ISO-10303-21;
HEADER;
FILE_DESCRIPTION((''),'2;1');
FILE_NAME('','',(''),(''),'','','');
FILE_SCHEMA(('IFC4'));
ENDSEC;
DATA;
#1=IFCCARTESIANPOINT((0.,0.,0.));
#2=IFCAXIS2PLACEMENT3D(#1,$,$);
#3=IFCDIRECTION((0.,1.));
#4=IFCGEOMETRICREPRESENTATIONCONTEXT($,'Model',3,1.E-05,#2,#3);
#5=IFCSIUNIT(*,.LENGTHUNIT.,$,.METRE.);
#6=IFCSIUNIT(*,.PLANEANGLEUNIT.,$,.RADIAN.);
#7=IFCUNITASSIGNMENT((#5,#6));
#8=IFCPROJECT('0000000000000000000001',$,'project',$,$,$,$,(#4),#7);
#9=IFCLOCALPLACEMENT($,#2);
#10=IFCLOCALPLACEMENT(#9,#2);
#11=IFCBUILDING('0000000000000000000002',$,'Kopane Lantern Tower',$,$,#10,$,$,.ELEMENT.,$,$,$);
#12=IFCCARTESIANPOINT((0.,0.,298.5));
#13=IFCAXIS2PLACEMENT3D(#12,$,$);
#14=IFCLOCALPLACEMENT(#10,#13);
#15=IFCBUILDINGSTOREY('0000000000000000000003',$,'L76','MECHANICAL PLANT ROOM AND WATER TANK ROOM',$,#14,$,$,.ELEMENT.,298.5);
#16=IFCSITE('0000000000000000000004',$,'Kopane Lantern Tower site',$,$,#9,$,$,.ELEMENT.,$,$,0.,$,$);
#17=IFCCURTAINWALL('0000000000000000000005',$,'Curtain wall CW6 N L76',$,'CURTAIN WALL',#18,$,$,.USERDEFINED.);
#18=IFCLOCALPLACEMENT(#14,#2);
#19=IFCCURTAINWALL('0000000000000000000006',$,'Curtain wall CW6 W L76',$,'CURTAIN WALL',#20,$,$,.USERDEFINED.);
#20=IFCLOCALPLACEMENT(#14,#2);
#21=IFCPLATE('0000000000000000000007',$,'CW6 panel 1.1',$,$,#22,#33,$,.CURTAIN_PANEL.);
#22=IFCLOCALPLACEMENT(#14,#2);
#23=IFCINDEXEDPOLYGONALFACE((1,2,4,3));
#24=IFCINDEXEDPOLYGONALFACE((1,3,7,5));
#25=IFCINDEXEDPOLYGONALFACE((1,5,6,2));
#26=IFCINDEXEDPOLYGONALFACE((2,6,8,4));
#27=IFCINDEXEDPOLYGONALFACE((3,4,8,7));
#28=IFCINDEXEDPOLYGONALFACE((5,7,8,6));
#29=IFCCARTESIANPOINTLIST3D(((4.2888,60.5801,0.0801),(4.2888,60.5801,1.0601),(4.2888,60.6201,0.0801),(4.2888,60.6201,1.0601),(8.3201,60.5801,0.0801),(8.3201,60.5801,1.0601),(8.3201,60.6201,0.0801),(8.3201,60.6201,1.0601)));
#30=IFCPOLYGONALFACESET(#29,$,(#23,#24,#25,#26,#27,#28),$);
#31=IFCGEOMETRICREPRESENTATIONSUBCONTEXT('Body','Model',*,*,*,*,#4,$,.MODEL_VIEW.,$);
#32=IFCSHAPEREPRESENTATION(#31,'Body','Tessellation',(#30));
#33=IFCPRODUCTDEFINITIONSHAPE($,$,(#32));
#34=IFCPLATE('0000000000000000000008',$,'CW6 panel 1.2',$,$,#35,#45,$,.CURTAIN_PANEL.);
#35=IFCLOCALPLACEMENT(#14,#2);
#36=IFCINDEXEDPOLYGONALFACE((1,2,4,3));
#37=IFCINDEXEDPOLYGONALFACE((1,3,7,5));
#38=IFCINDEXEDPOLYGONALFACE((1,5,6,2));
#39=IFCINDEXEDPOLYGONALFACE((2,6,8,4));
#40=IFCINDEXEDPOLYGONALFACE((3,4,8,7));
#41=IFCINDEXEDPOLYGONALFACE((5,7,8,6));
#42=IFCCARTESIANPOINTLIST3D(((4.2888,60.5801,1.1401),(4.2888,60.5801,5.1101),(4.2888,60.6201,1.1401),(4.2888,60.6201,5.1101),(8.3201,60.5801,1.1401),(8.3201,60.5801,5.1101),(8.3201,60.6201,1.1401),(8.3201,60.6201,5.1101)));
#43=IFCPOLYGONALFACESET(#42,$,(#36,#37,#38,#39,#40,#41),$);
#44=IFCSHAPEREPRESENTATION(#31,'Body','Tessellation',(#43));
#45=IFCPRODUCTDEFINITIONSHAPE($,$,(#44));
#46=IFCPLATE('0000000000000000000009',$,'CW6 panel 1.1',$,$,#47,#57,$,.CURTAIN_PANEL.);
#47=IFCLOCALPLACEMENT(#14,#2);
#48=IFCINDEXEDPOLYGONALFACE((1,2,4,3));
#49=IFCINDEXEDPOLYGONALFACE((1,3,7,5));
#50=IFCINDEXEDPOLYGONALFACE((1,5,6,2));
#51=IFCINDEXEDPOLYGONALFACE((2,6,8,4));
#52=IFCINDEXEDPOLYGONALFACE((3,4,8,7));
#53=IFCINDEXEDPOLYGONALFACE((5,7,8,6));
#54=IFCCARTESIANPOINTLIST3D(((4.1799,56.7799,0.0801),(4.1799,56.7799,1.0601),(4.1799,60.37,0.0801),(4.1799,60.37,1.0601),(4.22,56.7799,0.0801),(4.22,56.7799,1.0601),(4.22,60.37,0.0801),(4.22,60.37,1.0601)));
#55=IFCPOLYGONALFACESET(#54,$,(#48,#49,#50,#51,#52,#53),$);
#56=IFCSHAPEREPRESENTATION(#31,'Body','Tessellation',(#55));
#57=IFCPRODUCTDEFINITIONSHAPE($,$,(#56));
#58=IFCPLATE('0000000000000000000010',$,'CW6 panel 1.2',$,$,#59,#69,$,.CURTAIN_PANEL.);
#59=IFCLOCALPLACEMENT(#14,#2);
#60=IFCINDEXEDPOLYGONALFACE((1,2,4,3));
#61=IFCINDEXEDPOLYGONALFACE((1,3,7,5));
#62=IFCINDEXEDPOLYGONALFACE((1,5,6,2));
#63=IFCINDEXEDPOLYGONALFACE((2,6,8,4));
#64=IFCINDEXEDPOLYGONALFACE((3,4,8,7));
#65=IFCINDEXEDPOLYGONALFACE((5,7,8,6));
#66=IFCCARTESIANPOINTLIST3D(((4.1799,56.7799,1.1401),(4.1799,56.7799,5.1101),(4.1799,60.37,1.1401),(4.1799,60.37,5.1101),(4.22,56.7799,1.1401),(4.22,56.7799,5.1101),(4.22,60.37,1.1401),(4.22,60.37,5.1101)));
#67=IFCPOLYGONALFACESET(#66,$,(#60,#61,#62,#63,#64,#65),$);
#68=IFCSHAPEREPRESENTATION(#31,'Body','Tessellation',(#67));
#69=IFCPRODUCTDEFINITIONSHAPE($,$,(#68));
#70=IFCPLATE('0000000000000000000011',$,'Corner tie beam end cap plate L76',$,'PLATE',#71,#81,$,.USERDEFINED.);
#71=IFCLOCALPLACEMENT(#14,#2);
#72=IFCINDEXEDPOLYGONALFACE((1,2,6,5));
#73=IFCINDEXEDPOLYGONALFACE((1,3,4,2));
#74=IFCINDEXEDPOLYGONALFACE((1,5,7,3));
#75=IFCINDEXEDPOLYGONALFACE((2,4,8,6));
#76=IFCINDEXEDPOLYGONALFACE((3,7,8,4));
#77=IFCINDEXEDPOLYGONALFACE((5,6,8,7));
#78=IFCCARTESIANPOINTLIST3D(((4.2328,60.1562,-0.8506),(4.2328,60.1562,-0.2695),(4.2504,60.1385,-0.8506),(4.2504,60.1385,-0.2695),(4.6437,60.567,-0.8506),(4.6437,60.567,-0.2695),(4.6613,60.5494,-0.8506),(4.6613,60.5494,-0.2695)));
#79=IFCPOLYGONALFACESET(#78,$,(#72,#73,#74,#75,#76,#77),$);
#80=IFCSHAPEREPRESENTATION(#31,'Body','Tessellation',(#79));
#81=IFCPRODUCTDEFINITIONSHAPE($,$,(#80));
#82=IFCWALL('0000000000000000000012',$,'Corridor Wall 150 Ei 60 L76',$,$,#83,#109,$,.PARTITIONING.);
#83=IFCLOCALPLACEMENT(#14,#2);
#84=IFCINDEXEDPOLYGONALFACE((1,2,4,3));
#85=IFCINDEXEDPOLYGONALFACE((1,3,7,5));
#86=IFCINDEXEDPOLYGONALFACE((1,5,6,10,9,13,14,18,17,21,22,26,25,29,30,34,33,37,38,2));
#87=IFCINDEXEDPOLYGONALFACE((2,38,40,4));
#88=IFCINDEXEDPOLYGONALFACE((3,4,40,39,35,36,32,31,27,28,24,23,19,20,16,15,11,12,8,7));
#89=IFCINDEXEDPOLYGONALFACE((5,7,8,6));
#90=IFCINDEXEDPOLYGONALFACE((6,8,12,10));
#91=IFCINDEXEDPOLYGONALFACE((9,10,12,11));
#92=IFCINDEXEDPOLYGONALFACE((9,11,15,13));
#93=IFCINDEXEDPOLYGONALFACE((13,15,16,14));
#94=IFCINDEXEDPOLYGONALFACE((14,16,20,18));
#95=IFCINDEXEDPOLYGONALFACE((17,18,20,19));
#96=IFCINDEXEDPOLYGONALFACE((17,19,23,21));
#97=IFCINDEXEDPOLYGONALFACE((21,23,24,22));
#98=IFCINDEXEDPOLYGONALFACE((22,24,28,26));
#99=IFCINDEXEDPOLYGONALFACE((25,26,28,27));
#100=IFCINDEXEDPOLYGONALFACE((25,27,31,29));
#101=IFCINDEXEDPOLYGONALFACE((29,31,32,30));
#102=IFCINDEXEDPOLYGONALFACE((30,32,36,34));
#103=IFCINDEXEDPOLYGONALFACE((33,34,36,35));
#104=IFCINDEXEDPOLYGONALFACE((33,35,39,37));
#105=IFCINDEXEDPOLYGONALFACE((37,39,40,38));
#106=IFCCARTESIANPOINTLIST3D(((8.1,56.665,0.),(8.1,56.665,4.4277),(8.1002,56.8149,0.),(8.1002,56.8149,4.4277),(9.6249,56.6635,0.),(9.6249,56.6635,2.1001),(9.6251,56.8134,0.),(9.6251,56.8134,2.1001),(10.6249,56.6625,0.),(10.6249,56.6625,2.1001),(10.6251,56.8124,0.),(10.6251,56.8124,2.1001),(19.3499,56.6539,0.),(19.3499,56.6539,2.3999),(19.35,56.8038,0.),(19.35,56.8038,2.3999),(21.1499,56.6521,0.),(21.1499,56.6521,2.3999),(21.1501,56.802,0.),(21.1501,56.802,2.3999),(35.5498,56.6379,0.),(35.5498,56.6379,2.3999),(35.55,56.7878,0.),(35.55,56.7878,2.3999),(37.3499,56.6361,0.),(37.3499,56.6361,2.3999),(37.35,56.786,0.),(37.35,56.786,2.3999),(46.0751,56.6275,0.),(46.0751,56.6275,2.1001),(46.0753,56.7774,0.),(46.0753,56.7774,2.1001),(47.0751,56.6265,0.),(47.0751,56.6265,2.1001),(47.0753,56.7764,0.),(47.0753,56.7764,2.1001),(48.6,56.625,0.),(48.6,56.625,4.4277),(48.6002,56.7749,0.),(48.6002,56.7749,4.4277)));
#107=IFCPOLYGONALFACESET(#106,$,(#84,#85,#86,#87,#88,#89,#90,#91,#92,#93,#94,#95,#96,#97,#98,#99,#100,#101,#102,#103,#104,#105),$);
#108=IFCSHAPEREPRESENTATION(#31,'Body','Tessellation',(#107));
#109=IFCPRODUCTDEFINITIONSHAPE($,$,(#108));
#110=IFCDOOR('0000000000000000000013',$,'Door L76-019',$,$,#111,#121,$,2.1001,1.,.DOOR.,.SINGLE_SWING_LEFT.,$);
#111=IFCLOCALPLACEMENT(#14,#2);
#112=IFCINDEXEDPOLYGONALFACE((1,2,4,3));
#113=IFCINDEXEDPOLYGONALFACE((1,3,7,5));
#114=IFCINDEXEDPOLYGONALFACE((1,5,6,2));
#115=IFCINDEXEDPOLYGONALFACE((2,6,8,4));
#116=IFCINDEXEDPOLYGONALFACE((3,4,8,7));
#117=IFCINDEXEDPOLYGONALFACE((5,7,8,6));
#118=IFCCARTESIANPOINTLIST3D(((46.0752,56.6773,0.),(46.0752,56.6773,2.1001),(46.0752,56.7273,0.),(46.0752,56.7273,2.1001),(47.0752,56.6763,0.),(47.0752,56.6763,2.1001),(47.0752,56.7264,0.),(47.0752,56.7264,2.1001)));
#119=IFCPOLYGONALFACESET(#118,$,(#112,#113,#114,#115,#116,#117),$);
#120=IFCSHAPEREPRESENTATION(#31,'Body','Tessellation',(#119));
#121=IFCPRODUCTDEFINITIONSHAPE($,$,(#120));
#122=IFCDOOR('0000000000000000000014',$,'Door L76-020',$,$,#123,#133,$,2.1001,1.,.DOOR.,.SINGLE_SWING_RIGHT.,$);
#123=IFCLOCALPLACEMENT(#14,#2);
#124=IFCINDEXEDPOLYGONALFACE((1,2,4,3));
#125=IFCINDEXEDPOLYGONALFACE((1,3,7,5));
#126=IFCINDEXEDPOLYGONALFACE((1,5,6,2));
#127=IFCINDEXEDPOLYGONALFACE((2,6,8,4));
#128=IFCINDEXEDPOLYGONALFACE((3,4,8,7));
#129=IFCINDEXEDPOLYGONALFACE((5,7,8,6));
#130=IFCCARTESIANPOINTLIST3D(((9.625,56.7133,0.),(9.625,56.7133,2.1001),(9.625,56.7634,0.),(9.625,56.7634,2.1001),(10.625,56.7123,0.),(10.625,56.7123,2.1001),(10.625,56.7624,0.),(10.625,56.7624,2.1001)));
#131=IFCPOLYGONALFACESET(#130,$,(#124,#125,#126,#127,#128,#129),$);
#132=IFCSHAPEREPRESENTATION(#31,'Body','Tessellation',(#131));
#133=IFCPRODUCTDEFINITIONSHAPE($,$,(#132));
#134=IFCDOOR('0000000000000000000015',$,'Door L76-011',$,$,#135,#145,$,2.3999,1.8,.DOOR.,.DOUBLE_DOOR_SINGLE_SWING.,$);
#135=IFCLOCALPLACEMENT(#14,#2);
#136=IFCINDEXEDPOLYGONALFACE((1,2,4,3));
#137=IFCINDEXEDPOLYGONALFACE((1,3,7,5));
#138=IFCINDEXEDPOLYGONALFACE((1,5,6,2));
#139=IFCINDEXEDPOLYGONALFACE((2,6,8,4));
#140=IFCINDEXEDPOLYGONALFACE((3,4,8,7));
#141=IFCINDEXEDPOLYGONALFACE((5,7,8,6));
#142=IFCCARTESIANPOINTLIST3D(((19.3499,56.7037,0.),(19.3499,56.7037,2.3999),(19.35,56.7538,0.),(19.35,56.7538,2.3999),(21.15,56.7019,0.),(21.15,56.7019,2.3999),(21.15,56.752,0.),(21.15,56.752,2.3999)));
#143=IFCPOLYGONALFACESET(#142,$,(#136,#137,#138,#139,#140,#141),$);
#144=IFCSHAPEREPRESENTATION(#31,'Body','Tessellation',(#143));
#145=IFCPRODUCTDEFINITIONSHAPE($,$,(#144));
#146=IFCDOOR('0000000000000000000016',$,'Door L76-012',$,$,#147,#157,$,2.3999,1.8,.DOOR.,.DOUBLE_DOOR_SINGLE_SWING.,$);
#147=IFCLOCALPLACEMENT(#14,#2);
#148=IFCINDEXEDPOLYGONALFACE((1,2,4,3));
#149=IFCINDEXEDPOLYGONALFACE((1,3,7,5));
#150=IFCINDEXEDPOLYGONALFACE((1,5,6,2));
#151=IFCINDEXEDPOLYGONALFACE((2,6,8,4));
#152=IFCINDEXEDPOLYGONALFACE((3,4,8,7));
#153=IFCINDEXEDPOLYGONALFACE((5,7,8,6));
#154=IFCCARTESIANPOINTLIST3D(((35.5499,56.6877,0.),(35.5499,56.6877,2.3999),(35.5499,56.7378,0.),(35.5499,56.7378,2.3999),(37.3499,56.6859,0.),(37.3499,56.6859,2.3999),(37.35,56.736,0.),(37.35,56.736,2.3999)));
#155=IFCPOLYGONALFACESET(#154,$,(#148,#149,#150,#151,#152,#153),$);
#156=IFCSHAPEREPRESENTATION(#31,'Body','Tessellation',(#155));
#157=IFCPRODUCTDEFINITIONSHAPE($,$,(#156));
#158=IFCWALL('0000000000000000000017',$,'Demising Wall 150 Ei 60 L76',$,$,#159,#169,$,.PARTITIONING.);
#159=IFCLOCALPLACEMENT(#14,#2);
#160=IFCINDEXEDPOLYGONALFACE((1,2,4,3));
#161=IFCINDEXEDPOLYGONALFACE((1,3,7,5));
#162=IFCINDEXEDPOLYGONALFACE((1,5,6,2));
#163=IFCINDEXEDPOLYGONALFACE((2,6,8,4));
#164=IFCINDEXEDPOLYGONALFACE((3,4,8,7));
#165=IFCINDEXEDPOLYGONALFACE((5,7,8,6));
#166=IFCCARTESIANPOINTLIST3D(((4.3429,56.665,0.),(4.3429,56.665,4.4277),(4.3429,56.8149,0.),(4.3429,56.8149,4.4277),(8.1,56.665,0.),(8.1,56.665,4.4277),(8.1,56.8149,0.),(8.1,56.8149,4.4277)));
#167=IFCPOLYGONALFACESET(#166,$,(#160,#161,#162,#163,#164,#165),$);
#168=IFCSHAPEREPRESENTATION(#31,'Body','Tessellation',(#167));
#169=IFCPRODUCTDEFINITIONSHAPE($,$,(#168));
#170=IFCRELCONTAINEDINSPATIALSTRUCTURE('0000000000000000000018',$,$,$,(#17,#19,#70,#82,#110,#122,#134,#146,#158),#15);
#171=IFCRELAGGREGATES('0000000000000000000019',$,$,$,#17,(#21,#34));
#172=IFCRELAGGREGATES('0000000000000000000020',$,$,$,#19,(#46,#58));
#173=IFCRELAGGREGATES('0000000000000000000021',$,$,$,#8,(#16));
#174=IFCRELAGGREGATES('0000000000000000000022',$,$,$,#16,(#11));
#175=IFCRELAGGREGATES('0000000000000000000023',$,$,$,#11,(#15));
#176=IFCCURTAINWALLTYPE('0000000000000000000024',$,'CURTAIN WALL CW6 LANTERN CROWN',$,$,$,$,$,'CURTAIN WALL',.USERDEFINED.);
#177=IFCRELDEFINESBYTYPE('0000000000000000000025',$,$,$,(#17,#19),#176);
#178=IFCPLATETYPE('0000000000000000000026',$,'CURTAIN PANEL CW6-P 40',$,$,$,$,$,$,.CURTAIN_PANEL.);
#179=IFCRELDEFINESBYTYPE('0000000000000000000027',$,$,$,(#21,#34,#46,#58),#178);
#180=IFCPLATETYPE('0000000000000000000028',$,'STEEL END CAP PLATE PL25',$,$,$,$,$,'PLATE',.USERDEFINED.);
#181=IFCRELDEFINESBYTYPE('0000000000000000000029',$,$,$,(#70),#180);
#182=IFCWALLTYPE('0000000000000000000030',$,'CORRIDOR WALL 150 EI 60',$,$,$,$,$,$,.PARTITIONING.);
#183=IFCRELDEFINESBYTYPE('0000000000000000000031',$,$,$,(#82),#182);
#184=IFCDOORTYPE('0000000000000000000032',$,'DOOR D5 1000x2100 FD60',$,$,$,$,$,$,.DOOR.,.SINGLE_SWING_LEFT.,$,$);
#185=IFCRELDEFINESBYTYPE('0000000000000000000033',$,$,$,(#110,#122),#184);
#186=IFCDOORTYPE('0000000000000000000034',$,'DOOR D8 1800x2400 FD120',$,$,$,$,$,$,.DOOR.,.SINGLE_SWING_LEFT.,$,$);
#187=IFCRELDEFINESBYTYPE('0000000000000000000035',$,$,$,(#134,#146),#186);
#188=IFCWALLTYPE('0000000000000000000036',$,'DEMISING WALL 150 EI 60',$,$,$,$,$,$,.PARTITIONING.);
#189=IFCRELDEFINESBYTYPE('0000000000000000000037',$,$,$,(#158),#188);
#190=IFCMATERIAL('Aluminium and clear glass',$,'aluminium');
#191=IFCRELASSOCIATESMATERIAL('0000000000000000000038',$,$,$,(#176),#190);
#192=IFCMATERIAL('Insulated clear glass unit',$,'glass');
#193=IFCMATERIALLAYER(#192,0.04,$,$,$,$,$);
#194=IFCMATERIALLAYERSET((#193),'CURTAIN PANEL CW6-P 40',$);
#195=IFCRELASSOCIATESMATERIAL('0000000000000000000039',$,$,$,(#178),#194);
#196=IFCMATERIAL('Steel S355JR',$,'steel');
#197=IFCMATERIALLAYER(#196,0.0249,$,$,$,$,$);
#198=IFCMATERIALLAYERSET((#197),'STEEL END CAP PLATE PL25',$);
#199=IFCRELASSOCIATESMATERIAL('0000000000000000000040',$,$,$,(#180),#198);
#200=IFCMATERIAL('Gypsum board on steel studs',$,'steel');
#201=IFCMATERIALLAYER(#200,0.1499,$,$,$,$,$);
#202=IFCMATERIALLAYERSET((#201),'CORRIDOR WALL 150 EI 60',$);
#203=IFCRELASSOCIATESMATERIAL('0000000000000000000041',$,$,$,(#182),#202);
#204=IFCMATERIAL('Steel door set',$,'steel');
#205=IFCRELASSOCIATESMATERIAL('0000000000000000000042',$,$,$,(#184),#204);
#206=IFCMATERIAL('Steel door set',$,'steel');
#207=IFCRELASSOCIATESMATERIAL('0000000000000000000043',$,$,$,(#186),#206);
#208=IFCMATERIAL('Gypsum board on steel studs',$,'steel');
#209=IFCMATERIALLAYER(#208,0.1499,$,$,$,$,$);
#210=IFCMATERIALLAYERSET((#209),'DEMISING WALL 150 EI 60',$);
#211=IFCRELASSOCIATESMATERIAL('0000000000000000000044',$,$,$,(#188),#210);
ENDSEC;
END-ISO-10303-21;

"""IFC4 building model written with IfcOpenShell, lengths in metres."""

from ifc_helpers import new_model, si_unit, direction, frame, frame_2d, origin, origin_2d, place, context, subcontext, project, spatial, rectangle, extrude, material, layer, layer_set, type_object, element, fill, aggregate, save


model = new_model("IFC4")

# Units and contexts
model_context = context("Model", 3, precision=1e-05, world=origin(), true_north=direction((0.0, 1.0)))
body_context = subcontext(model_context, "Body", "Model", "MODEL_VIEW")
ifc_project = project(units=[si_unit("LENGTHUNIT", "METRE"), si_unit("PLANEANGLEUNIT", "RADIAN")], contexts=[model_context])

# Site, building, storey
site_placement = place(None, origin())
site = spatial("IfcSite", under=ifc_project, at=site_placement, Name="Kopane Lantern Tower site", CompositionType="ELEMENT", RefElevation=0.0)
building_placement = place(site_placement, origin())
building = spatial("IfcBuilding", under=site, at=building_placement, Name="Kopane Lantern Tower", CompositionType="ELEMENT")
storey_placement = place(building_placement, frame((0.0, 0.0, 298.5)))
storey = spatial("IfcBuildingStorey", under=building, at=storey_placement, Name="L76", Description="MECHANICAL PLANT ROOM AND WATER TANK ROOM", CompositionType="ELEMENT", Elevation=298.5)

# Curtain wall
ifc_material_1 = material(Name="Aluminium and clear glass", Category="aluminium")
curtain_wall_type = type_object("IfcCurtainWallType", Name="CURTAIN WALL CW6 LANTERN CROWN", ElementType="CURTAIN WALL", PredefinedType="USERDEFINED", material=ifc_material_1)
curtain_wall_1_placement = place(storey_placement, origin())
curtain_wall_1 = element("IfcCurtainWall", 1, at=curtain_wall_1_placement, inside=storey, type_object=curtain_wall_type, Name="Curtain wall CW6 N L76", ObjectType="CURTAIN WALL", PredefinedType="USERDEFINED")

# Curtain wall
curtain_wall_2_placement = place(storey_placement, origin())
curtain_wall_2 = element("IfcCurtainWall", 2, at=curtain_wall_2_placement, inside=storey, type_object=curtain_wall_type, Name="Curtain wall CW6 W L76", ObjectType="CURTAIN WALL", PredefinedType="USERDEFINED")

# Plates
ifc_material_2 = material(Name="Insulated clear glass unit", Category="glass")
ifc_layer_1 = layer(ifc_material_2, 0.04)
ifc_layer_set_1 = layer_set([ifc_layer_1], Name="CURTAIN PANEL CW6-P 40")
plate_type_1 = type_object("IfcPlateType", Name="CURTAIN PANEL CW6-P 40", PredefinedType="CURTAIN_PANEL", material=ifc_layer_set_1)
plate_1_placement = place(storey_placement, frame((6.3044, 60.6001, 0.0801), z_axis=(0.0, 0.0, 1.0), x_axis=(-1.0, 0.0, 0.0)))
plate_1 = element("IfcPlate", 3, at=plate_1_placement, type_object=plate_type_1, Name="CW6 panel 1.1", PredefinedType="CURTAIN_PANEL", context=body_context, shape_type="SweptSolid", body=[
    extrude(rectangle(XDim=4.0312, YDim=0.04, at=origin_2d()), origin(), (0.0, 0.0, 1.0), 0.98),
])
plate_2_placement = place(storey_placement, frame((6.3044, 60.6001, 1.1401), z_axis=(0.0, 0.0, 1.0), x_axis=(-1.0, 0.0, 0.0)))
plate_2 = element("IfcPlate", 4, at=plate_2_placement, type_object=plate_type_1, Name="CW6 panel 1.2", PredefinedType="CURTAIN_PANEL", context=body_context, shape_type="SweptSolid", body=[
    extrude(rectangle(XDim=4.0312, YDim=0.04, at=origin_2d()), origin(), (0.0, 0.0, 1.0), 3.97),
])
aggregate(curtain_wall_1, [plate_1, plate_2])
plate_3_placement = place(storey_placement, frame((4.2, 58.575, 0.0801), z_axis=(0.0, 0.0, 1.0), x_axis=(0.0, -1.0, 0.0)))
plate_3 = element("IfcPlate", 5, at=plate_3_placement, type_object=plate_type_1, Name="CW6 panel 1.1", PredefinedType="CURTAIN_PANEL", context=body_context, shape_type="SweptSolid", body=[
    extrude(rectangle(XDim=3.5901, YDim=0.04, at=origin_2d()), origin(), (0.0, 0.0, 1.0), 0.98),
])
plate_4_placement = place(storey_placement, frame((4.2, 58.575, 1.1401), z_axis=(0.0, 0.0, 1.0), x_axis=(0.0, -1.0, 0.0)))
plate_4 = element("IfcPlate", 6, at=plate_4_placement, type_object=plate_type_1, Name="CW6 panel 1.2", PredefinedType="CURTAIN_PANEL", context=body_context, shape_type="SweptSolid", body=[
    extrude(rectangle(XDim=3.5901, YDim=0.04, at=origin_2d()), origin(), (0.0, 0.0, 1.0), 3.97),
])
aggregate(curtain_wall_2, [plate_3, plate_4])
ifc_material_3 = material(Name="Steel S355JR", Category="steel")
ifc_layer_2 = layer(ifc_material_3, 0.0249)
ifc_layer_set_2 = layer_set([ifc_layer_2], Name="STEEL END CAP PLATE PL25")
plate_type_2 = type_object("IfcPlateType", Name="STEEL END CAP PLATE PL25", ElementType="PLATE", PredefinedType="USERDEFINED", material=ifc_layer_set_2)
plate_5_placement = place(storey_placement, frame((4.447, 60.3528, -0.8506), z_axis=(0.0, 0.0, 1.0), x_axis=(-0.707107, 0.707107, 0.0)))
element("IfcPlate", 7, at=plate_5_placement, inside=storey, type_object=plate_type_2, Name="Corner tie beam end cap plate L76", ObjectType="PLATE", PredefinedType="USERDEFINED", context=body_context, shape_type="SweptSolid", body=[
    extrude(rectangle(XDim=0.0249, YDim=0.5811, at=origin_2d()), origin(), (0.0, 0.0, 1.0), 0.5811),
])

# Wall, openings, doors
ifc_material_4 = material(Name="Gypsum board on steel studs", Category="steel")
ifc_layer_3 = layer(ifc_material_4, 0.1499)
ifc_layer_set_3 = layer_set([ifc_layer_3], Name="CORRIDOR WALL 150 EI 60")
wall_type_1 = type_object("IfcWallType", Name="CORRIDOR WALL 150 EI 60", PredefinedType="PARTITIONING", material=ifc_layer_set_3)
wall_1_placement = place(storey_placement, frame((8.1001, 56.74, 0.0), z_axis=(0.0, 0.0, 1.0), x_axis=(1.0, -0.000989, 0.0)))
wall_1 = element("IfcWall", 8, at=wall_1_placement, inside=storey, type_object=wall_type_1, Name="Corridor Wall 150 Ei 60 L76", PredefinedType="PARTITIONING", context=body_context, shape_type="SweptSolid", body=[
    extrude(rectangle(XDim=40.5, YDim=0.1499, at=frame_2d((20.25, 0.0))), origin(), (0.0, 0.0, 1.0), 4.4277),
])
opening_1_placement = place(wall_1_placement, frame((11.25, 0.0, 0.0)))
opening_1 = element("IfcOpeningElement", 9, at=opening_1_placement, cuts=wall_1, PredefinedType="OPENING", context=body_context, shape_type="SweptSolid", body=[
    extrude(rectangle(XDim=1.8, YDim=2.3999, at=frame_2d((0.8999, 1.2))), frame((0.0, 0.085, 0.0), z_axis=(0.0, -1.0, 0.0), x_axis=(1.0, 0.0, 0.0)), (0.0, 0.0, 1.0), 0.1699),
])
opening_2_placement = place(wall_1_placement, frame((27.45, 0.0, 0.0)))
opening_2 = element("IfcOpeningElement", 10, at=opening_2_placement, cuts=wall_1, PredefinedType="OPENING", context=body_context, shape_type="SweptSolid", body=[
    extrude(rectangle(XDim=1.8, YDim=2.3999, at=frame_2d((0.8999, 1.2))), frame((0.0, 0.085, 0.0), z_axis=(0.0, -1.0, 0.0), x_axis=(1.0, 0.0, 0.0)), (0.0, 0.0, 1.0), 0.1699),
])
opening_3_placement = place(wall_1_placement, frame((37.9751, 0.0, 0.0)))
opening_3 = element("IfcOpeningElement", 11, at=opening_3_placement, cuts=wall_1, PredefinedType="OPENING", context=body_context, shape_type="SweptSolid", body=[
    extrude(rectangle(XDim=1.0, YDim=2.1001, at=frame_2d((0.5, 1.05))), frame((0.0, 0.085, 0.0), z_axis=(0.0, -1.0, 0.0), x_axis=(1.0, 0.0, 0.0)), (0.0, 0.0, 1.0), 0.1699),
])
opening_4_placement = place(wall_1_placement, frame((1.5249, 0.0, 0.0)))
opening_4 = element("IfcOpeningElement", 12, at=opening_4_placement, cuts=wall_1, PredefinedType="OPENING", context=body_context, shape_type="SweptSolid", body=[
    extrude(rectangle(XDim=1.0, YDim=2.1001, at=frame_2d((0.5, 1.05))), frame((0.0, 0.085, 0.0), z_axis=(0.0, -1.0, 0.0), x_axis=(1.0, 0.0, 0.0)), (0.0, 0.0, 1.0), 0.1699),
])
ifc_material_5 = material(Name="Steel door set", Category="steel")
door_type_1 = type_object("IfcDoorType", Name="DOOR D5 1000x2100 FD60", OperationType="SINGLE_SWING_LEFT", PredefinedType="DOOR", material=ifc_material_5)
door_1_placement = place(opening_3_placement, origin())
door_1 = element("IfcDoor", 13, at=door_1_placement, inside=storey, type_object=door_type_1, Name="Door L76-019", OperationType="SINGLE_SWING_LEFT", OverallHeight=2.1001, OverallWidth=1.0, PredefinedType="DOOR", context=body_context, shape_type="SweptSolid", body=[
    extrude(rectangle(XDim=1.0, YDim=2.1001, at=frame_2d((0.5, 1.05))), frame((0.0, 0.0249, 0.0), z_axis=(0.0, -1.0, 0.0), x_axis=(1.0, 0.0, 0.0)), (0.0, 0.0, 1.0), 0.05),
])
fill(opening_3, door_1)
door_2_placement = place(opening_4_placement, origin())
door_2 = element("IfcDoor", 14, at=door_2_placement, inside=storey, type_object=door_type_1, Name="Door L76-020", OperationType="SINGLE_SWING_RIGHT", OverallHeight=2.1001, OverallWidth=1.0, PredefinedType="DOOR", context=body_context, shape_type="SweptSolid", body=[
    extrude(rectangle(XDim=1.0, YDim=2.1001, at=frame_2d((0.5, 1.05))), frame((0.0, 0.0249, 0.0), z_axis=(0.0, -1.0, 0.0), x_axis=(1.0, 0.0, 0.0)), (0.0, 0.0, 1.0), 0.05),
])
fill(opening_4, door_2)
ifc_material_6 = material(Name="Steel door set", Category="steel")
door_type_2 = type_object("IfcDoorType", Name="DOOR D8 1800x2400 FD120", OperationType="SINGLE_SWING_LEFT", PredefinedType="DOOR", material=ifc_material_6)
door_3_placement = place(opening_1_placement, origin())
door_3 = element("IfcDoor", 15, at=door_3_placement, inside=storey, type_object=door_type_2, Name="Door L76-011", OperationType="DOUBLE_DOOR_SINGLE_SWING", OverallHeight=2.3999, OverallWidth=1.8, PredefinedType="DOOR", context=body_context, shape_type="SweptSolid", body=[
    extrude(rectangle(XDim=1.8, YDim=2.3999, at=frame_2d((0.8999, 1.2))), frame((0.0, 0.0249, 0.0), z_axis=(0.0, -1.0, 0.0), x_axis=(1.0, 0.0, 0.0)), (0.0, 0.0, 1.0), 0.05),
])
fill(opening_1, door_3)
door_4_placement = place(opening_2_placement, origin())
door_4 = element("IfcDoor", 16, at=door_4_placement, inside=storey, type_object=door_type_2, Name="Door L76-012", OperationType="DOUBLE_DOOR_SINGLE_SWING", OverallHeight=2.3999, OverallWidth=1.8, PredefinedType="DOOR", context=body_context, shape_type="SweptSolid", body=[
    extrude(rectangle(XDim=1.8, YDim=2.3999, at=frame_2d((0.8999, 1.2))), frame((0.0, 0.0249, 0.0), z_axis=(0.0, -1.0, 0.0), x_axis=(1.0, 0.0, 0.0)), (0.0, 0.0, 1.0), 0.05),
])
fill(opening_2, door_4)

# Wall
ifc_material_7 = material(Name="Gypsum board on steel studs", Category="steel")
ifc_layer_4 = layer(ifc_material_7, 0.1499)
ifc_layer_set_4 = layer_set([ifc_layer_4], Name="DEMISING WALL 150 EI 60")
wall_type_2 = type_object("IfcWallType", Name="DEMISING WALL 150 EI 60", PredefinedType="PARTITIONING", material=ifc_layer_set_4)
wall_2_placement = place(storey_placement, frame((4.343, 56.74, 0.0), z_axis=(0.0, 0.0, 1.0), x_axis=(1.0, 0.0, 0.0)))
element("IfcWall", 17, at=wall_2_placement, inside=storey, type_object=wall_type_2, Name="Demising Wall 150 Ei 60 L76", PredefinedType="PARTITIONING", context=body_context, shape_type="SweptSolid", body=[
    extrude(rectangle(XDim=3.7571, YDim=0.1499, at=frame_2d((1.8784, 0.0))), origin(), (0.0, 0.0, 1.0), 4.4277),
])

save(model, "model.ifc")
